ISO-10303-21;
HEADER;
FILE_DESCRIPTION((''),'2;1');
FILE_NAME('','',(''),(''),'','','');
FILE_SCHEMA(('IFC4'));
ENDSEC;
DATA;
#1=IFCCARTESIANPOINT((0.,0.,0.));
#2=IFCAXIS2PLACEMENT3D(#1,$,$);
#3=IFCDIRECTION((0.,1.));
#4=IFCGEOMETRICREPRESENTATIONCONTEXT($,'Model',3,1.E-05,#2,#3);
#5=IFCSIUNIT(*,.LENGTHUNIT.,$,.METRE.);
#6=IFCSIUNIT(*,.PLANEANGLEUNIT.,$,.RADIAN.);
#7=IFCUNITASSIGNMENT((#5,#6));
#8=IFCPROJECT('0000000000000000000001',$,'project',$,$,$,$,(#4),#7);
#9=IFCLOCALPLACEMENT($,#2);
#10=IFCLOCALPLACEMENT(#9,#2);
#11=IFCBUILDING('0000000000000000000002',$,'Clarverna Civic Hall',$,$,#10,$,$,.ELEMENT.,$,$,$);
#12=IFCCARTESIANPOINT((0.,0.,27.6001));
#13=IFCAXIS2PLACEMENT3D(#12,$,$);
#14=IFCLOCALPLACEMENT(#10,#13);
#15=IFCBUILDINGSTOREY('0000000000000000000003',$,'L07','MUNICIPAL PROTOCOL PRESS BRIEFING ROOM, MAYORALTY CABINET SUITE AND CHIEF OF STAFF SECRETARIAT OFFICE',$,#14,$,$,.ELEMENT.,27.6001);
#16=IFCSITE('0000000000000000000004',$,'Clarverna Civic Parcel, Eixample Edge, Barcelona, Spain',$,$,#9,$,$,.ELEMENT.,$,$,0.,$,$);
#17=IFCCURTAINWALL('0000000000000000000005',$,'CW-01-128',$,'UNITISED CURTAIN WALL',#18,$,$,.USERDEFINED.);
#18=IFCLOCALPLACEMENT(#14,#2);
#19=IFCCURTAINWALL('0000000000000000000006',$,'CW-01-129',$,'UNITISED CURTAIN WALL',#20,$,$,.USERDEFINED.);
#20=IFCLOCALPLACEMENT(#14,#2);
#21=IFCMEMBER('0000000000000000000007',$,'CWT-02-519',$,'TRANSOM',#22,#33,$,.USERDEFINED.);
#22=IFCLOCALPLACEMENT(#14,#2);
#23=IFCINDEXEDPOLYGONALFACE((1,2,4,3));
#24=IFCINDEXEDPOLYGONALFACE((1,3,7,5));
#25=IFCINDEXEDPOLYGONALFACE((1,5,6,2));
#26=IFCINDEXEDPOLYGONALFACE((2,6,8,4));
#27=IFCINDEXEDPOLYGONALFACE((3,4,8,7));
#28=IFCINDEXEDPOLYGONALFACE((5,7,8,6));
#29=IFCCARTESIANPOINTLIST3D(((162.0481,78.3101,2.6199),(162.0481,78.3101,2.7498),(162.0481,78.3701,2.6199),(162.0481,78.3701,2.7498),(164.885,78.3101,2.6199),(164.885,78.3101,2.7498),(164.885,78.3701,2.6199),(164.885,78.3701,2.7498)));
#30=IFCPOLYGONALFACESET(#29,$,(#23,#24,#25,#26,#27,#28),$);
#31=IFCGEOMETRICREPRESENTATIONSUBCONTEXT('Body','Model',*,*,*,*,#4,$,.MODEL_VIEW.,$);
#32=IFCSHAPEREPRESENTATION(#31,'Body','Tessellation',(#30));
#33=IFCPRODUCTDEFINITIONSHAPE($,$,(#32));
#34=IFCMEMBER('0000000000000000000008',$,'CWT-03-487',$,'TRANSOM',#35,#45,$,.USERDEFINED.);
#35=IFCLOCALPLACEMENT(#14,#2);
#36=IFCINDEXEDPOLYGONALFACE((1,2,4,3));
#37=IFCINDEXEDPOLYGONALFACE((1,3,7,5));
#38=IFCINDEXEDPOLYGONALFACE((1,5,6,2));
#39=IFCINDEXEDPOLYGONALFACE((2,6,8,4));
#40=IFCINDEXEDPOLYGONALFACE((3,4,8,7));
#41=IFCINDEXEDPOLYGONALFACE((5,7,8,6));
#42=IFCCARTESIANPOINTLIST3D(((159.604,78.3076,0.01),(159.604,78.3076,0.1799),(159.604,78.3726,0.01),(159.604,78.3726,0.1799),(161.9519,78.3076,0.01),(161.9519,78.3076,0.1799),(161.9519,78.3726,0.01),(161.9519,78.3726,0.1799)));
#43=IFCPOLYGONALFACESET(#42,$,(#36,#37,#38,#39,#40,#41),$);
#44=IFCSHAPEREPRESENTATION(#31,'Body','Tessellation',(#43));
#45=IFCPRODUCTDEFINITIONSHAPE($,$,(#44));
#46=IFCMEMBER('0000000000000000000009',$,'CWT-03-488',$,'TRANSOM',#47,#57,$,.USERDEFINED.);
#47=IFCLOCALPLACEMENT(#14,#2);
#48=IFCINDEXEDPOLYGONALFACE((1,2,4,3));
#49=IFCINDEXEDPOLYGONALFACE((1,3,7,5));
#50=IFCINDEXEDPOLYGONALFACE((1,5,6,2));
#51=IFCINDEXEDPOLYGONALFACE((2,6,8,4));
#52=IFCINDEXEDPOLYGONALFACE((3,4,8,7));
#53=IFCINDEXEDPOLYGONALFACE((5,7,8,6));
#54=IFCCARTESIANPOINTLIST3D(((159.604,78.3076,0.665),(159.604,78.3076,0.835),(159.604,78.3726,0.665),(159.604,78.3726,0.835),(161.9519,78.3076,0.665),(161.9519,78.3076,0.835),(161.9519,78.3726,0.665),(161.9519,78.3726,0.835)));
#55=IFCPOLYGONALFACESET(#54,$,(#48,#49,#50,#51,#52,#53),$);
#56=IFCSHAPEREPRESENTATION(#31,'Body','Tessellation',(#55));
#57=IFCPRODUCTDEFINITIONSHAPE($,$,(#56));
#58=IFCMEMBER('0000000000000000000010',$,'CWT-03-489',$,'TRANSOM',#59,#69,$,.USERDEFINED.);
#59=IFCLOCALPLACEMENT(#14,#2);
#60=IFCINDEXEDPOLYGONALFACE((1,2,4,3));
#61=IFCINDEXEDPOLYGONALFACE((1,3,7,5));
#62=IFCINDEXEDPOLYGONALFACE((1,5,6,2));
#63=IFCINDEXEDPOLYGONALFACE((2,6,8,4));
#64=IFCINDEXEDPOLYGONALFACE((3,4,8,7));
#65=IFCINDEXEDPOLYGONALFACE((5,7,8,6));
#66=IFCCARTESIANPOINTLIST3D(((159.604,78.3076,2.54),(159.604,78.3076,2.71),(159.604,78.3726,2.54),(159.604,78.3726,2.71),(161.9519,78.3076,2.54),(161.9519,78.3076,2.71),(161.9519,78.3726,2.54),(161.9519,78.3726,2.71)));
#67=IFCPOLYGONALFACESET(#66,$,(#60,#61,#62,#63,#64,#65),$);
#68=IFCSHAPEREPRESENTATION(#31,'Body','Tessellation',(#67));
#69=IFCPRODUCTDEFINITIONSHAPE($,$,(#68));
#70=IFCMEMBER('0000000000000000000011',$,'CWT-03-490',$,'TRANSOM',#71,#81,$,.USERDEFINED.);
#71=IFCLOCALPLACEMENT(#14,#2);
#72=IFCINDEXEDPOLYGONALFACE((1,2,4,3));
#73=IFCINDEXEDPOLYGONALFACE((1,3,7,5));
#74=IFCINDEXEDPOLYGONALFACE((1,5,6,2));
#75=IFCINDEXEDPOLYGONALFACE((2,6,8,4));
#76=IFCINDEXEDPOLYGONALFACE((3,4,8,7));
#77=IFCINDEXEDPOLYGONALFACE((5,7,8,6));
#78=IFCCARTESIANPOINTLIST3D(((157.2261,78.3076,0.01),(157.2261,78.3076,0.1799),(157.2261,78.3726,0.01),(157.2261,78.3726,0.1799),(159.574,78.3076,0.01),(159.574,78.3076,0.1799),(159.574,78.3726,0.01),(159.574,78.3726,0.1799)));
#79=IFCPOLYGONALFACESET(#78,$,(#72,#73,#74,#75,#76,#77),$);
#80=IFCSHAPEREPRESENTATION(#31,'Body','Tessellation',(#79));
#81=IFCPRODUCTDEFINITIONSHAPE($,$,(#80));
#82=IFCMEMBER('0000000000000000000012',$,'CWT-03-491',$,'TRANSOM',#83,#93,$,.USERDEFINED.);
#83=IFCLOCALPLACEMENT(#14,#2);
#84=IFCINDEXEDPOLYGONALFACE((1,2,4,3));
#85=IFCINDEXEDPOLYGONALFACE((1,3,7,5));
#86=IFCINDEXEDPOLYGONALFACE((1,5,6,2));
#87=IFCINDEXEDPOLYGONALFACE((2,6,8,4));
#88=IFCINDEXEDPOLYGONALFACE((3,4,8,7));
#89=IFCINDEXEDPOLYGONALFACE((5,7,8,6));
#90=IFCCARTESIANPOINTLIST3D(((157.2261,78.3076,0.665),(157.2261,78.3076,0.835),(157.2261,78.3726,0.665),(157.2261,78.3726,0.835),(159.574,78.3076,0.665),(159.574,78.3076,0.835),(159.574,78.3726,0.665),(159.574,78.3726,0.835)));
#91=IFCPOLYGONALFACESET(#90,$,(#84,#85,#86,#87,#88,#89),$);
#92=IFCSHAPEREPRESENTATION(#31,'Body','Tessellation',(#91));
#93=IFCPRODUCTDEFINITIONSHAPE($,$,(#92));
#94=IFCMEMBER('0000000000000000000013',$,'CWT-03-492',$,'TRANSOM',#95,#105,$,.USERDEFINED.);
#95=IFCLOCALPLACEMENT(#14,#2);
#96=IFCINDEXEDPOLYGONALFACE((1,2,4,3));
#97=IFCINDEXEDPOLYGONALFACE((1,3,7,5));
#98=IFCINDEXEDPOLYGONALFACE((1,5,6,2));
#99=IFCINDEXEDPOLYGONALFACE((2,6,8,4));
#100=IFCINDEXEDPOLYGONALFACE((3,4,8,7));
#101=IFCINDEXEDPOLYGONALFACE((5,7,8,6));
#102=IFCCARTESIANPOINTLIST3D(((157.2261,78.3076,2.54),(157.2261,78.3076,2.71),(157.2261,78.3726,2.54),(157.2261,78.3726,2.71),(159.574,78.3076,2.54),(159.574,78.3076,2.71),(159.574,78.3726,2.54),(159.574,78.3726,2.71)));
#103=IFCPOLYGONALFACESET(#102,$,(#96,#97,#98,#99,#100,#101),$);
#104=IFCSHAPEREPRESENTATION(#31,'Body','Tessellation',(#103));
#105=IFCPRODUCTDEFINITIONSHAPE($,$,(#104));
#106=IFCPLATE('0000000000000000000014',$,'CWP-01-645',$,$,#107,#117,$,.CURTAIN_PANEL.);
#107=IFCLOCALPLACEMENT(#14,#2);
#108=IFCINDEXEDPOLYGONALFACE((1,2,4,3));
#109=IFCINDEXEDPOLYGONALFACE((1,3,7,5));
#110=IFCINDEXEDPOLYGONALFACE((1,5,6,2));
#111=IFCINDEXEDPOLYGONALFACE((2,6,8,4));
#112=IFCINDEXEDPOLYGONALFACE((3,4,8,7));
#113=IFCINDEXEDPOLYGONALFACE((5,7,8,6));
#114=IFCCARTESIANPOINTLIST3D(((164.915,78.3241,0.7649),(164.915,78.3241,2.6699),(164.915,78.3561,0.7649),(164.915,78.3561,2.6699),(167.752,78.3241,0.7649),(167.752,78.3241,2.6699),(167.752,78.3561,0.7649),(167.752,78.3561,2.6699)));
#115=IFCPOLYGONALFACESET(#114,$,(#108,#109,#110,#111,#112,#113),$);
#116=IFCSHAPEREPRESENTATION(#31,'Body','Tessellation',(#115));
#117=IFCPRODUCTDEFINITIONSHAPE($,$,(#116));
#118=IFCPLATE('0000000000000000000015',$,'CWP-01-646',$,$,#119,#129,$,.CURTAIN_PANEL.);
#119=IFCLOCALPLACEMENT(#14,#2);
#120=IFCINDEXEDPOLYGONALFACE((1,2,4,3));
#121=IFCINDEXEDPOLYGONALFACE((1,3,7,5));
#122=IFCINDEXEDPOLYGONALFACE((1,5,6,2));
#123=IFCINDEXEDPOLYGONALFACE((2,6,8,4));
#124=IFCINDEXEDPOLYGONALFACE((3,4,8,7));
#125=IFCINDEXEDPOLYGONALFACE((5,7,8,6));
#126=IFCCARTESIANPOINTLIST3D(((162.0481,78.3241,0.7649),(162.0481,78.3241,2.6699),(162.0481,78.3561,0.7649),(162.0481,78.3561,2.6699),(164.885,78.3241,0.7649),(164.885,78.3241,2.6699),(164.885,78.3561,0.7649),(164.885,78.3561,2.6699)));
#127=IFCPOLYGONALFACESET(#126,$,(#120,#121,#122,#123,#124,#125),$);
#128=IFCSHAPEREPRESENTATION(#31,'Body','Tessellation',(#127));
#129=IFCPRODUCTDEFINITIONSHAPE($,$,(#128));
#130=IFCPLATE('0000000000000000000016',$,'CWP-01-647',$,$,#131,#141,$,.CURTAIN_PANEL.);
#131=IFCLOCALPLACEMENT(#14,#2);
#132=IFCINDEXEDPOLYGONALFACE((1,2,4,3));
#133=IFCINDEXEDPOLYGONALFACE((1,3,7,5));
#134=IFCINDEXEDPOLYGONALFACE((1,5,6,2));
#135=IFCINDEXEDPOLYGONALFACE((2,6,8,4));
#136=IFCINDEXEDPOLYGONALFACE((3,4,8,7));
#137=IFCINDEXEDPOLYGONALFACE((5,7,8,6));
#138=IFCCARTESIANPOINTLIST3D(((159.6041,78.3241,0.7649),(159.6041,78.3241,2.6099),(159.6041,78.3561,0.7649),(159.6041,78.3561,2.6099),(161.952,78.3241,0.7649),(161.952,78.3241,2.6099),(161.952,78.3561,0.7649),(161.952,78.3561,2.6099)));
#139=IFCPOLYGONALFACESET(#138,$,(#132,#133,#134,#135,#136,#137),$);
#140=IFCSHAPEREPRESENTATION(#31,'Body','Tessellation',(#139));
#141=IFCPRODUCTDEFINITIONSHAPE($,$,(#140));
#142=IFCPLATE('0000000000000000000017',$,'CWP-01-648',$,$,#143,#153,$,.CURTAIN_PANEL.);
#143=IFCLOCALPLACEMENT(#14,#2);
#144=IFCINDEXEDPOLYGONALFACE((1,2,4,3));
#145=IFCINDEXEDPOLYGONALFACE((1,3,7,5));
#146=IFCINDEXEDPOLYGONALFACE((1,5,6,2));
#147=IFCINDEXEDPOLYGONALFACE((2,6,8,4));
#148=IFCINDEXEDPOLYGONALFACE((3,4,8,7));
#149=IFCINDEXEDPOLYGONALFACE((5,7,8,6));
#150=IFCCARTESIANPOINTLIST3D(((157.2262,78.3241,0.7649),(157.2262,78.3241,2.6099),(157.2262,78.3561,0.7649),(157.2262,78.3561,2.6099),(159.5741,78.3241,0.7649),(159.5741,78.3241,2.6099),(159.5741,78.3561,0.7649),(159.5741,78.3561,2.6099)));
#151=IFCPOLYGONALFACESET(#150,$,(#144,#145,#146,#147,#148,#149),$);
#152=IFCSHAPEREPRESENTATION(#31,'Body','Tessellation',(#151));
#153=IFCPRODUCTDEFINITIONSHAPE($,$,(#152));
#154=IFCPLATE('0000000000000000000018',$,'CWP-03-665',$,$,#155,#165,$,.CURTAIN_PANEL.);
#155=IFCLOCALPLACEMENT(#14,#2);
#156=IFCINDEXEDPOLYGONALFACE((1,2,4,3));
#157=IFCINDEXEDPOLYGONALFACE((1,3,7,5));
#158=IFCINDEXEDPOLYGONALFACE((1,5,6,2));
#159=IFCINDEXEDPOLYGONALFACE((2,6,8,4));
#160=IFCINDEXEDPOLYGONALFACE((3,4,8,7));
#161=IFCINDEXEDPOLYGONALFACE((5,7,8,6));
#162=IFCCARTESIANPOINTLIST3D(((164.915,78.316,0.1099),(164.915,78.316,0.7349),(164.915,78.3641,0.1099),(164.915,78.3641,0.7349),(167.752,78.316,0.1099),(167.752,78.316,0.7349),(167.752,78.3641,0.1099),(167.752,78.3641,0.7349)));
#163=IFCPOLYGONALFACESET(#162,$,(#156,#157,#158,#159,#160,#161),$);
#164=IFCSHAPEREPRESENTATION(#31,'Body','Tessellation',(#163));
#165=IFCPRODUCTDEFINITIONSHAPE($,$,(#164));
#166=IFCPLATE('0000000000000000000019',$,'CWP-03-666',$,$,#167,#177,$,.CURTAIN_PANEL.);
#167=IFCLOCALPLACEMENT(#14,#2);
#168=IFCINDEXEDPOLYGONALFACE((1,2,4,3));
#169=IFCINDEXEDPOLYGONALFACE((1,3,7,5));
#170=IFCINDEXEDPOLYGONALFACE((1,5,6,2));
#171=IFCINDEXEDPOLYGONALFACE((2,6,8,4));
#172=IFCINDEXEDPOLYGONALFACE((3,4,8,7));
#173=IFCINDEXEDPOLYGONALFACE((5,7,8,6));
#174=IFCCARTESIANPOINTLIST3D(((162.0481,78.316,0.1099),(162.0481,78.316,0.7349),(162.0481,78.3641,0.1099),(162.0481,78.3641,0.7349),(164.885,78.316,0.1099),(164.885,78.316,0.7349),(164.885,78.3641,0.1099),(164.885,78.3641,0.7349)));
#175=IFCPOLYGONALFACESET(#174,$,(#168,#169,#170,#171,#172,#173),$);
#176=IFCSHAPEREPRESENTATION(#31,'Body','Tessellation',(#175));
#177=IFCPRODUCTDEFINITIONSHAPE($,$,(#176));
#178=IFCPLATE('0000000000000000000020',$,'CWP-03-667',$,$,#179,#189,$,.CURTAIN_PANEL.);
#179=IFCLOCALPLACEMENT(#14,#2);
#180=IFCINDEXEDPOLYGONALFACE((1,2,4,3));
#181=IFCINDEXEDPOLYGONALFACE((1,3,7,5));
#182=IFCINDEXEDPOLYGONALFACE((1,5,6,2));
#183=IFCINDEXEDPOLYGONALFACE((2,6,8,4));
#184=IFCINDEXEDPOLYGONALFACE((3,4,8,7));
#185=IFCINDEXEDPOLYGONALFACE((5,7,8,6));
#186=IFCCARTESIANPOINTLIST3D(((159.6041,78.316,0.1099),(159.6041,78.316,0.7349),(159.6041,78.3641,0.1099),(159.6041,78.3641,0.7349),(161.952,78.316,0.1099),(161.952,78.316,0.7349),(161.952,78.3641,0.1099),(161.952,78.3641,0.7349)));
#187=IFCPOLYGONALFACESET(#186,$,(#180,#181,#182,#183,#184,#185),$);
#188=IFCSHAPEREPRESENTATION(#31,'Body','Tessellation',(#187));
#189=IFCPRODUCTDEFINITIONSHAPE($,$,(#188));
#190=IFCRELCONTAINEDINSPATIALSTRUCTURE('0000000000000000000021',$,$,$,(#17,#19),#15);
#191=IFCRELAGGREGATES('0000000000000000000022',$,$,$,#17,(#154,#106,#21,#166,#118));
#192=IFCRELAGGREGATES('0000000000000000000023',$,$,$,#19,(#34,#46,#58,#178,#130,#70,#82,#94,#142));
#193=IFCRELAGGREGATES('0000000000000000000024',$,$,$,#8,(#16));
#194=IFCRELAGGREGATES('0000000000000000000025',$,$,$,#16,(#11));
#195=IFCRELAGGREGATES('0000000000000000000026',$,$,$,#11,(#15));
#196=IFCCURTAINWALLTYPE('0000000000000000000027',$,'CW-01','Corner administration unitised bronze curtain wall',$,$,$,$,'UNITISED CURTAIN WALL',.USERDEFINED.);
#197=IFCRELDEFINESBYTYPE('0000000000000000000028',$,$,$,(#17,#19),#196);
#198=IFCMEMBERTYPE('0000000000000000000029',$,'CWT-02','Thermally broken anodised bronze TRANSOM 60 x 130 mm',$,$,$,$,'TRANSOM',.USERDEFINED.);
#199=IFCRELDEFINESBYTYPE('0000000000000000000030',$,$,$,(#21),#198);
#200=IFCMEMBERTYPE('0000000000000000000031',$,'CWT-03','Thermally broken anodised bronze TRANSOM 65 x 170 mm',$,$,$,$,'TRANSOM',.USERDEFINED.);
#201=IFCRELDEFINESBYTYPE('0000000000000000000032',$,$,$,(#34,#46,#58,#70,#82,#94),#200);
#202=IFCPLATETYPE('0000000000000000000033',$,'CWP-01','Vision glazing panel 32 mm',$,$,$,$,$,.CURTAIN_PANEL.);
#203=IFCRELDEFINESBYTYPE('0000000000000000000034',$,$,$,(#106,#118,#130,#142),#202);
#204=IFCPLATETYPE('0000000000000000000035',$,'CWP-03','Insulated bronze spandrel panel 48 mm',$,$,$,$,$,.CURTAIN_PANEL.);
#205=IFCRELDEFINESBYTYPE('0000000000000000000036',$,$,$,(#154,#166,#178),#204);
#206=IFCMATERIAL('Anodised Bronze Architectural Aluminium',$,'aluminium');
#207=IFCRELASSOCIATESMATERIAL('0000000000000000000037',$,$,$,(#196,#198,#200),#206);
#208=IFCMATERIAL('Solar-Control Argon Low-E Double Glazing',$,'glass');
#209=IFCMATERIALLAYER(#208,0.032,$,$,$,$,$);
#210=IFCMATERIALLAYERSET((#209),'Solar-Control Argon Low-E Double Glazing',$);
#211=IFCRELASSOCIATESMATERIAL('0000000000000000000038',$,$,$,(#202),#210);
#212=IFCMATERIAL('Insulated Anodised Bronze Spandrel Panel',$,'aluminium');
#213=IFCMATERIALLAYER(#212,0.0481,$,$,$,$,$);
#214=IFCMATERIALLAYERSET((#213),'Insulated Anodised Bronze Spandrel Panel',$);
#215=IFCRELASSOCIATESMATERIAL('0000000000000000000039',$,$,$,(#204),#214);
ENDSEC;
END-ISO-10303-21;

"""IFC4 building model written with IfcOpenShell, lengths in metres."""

from ifc_helpers import new_model, si_unit, direction, frame, frame_2d, origin, origin_2d, place, context, subcontext, project, spatial, rectangle, extrude, material, layer, layer_set, material_profile, profile_set, type_object, element, aggregate, save


model = new_model("IFC4")

# Units and contexts
model_context = context("Model", 3, precision=1e-05, world=origin(), true_north=direction((0.0, 1.0)))
body_context = subcontext(model_context, "Body", "Model", "MODEL_VIEW")
ifc_project = project(units=[si_unit("LENGTHUNIT", "METRE"), si_unit("PLANEANGLEUNIT", "RADIAN")], contexts=[model_context])

# Site, building, storey
site_placement = place(None, origin())
site = spatial("IfcSite", under=ifc_project, at=site_placement, Name="Clarverna Civic Parcel, Eixample Edge, Barcelona, Spain", CompositionType="ELEMENT", RefElevation=0.0)
building_placement = place(site_placement, origin())
building = spatial("IfcBuilding", under=site, at=building_placement, Name="Clarverna Civic Hall", CompositionType="ELEMENT")
storey_placement = place(building_placement, frame((0.0, 0.0, 27.6001)))
storey = spatial("IfcBuildingStorey", under=building, at=storey_placement, Name="L07", Description="MUNICIPAL PROTOCOL PRESS BRIEFING ROOM, MAYORALTY CABINET SUITE AND CHIEF OF STAFF SECRETARIAT OFFICE", CompositionType="ELEMENT", Elevation=27.6001)

# Curtain walls
ifc_material_1 = material(Name="Anodised Bronze Architectural Aluminium", Category="aluminium")
curtain_wall_type = type_object("IfcCurtainWallType", Name="CW-01", Description="Corner administration unitised bronze curtain wall", ElementType="UNITISED CURTAIN WALL", PredefinedType="USERDEFINED", material=ifc_material_1)
curtain_wall_1_placement = place(storey_placement, origin())
curtain_wall_1 = element("IfcCurtainWall", 1, at=curtain_wall_1_placement, inside=storey, type_object=curtain_wall_type, Name="CW-01-128", ObjectType="UNITISED CURTAIN WALL", PredefinedType="USERDEFINED")
curtain_wall_2_placement = place(storey_placement, origin())
curtain_wall_2 = element("IfcCurtainWall", 2, at=curtain_wall_2_placement, inside=storey, type_object=curtain_wall_type, Name="CW-01-129", ObjectType="UNITISED CURTAIN WALL", PredefinedType="USERDEFINED")

# Members
ifc_material_profile_1 = material_profile(ifc_material_1, rectangle(XDim=0.0601, YDim=0.1299, at=origin_2d()), Name="BRONZE 60x130")
ifc_profile_set_1 = profile_set([ifc_material_profile_1], Name="Anodised Bronze Architectural Aluminium")
member_type_1 = type_object("IfcMemberType", Name="CWT-02", Description="Thermally broken anodised bronze TRANSOM 60 x 130 mm", ElementType="TRANSOM", PredefinedType="USERDEFINED", material=ifc_profile_set_1)
member_1_placement = place(storey_placement, frame((164.885, 78.3401, 2.6848), z_axis=(-1.0, 0.0, 0.0), x_axis=(0.0, -1.0, 0.0)))
member_1 = element("IfcMember", 3, at=member_1_placement, type_object=member_type_1, Name="CWT-02-519", ObjectType="TRANSOM", PredefinedType="USERDEFINED", context=body_context, shape_type="SweptSolid", body=[
    extrude(rectangle(XDim=0.0601, YDim=0.1299, at=origin_2d()), origin(), (0.0, 0.0, 1.0), 2.8369),
])
ifc_material_profile_2 = material_profile(ifc_material_1, rectangle(XDim=0.0649, YDim=0.1699, at=origin_2d()), Name="BRONZE 65x170")
ifc_profile_set_2 = profile_set([ifc_material_profile_2], Name="Anodised Bronze Architectural Aluminium")
member_type_2 = type_object("IfcMemberType", Name="CWT-03", Description="Thermally broken anodised bronze TRANSOM 65 x 170 mm", ElementType="TRANSOM", PredefinedType="USERDEFINED", material=ifc_profile_set_2)
member_2_placement = place(storey_placement, frame((161.9519, 78.3401, 0.095), z_axis=(-1.0, 0.0, 0.0), x_axis=(0.0, -1.0, 0.0)))
member_2 = element("IfcMember", 4, at=member_2_placement, type_object=member_type_2, Name="CWT-03-487", ObjectType="TRANSOM", PredefinedType="USERDEFINED", context=body_context, shape_type="SweptSolid", body=[
    extrude(rectangle(XDim=0.0649, YDim=0.1699, at=origin_2d()), origin(), (0.0, 0.0, 1.0), 2.3479),
])
member_3_placement = place(storey_placement, frame((161.9519, 78.3401, 0.75), z_axis=(-1.0, 0.0, 0.0), x_axis=(0.0, -1.0, 0.0)))
member_3 = element("IfcMember", 5, at=member_3_placement, type_object=member_type_2, Name="CWT-03-488", ObjectType="TRANSOM", PredefinedType="USERDEFINED", context=body_context, shape_type="SweptSolid", body=[
    extrude(rectangle(XDim=0.0649, YDim=0.1699, at=origin_2d()), origin(), (0.0, 0.0, 1.0), 2.3479),
])
member_4_placement = place(storey_placement, frame((161.9519, 78.3401, 2.625), z_axis=(-1.0, 0.0, 0.0), x_axis=(0.0, -1.0, 0.0)))
member_4 = element("IfcMember", 6, at=member_4_placement, type_object=member_type_2, Name="CWT-03-489", ObjectType="TRANSOM", PredefinedType="USERDEFINED", context=body_context, shape_type="SweptSolid", body=[
    extrude(rectangle(XDim=0.0649, YDim=0.1699, at=origin_2d()), origin(), (0.0, 0.0, 1.0), 2.3479),
])
member_5_placement = place(storey_placement, frame((159.574, 78.3401, 0.095), z_axis=(-1.0, 0.0, 0.0), x_axis=(0.0, -1.0, 0.0)))
member_5 = element("IfcMember", 7, at=member_5_placement, type_object=member_type_2, Name="CWT-03-490", ObjectType="TRANSOM", PredefinedType="USERDEFINED", context=body_context, shape_type="SweptSolid", body=[
    extrude(rectangle(XDim=0.0649, YDim=0.1699, at=origin_2d()), origin(), (0.0, 0.0, 1.0), 2.3479),
])
member_6_placement = place(storey_placement, frame((159.574, 78.3401, 0.75), z_axis=(-1.0, 0.0, 0.0), x_axis=(0.0, -1.0, 0.0)))
member_6 = element("IfcMember", 8, at=member_6_placement, type_object=member_type_2, Name="CWT-03-491", ObjectType="TRANSOM", PredefinedType="USERDEFINED", context=body_context, shape_type="SweptSolid", body=[
    extrude(rectangle(XDim=0.0649, YDim=0.1699, at=origin_2d()), origin(), (0.0, 0.0, 1.0), 2.3479),
])
member_7_placement = place(storey_placement, frame((159.574, 78.3401, 2.625), z_axis=(-1.0, 0.0, 0.0), x_axis=(0.0, -1.0, 0.0)))
member_7 = element("IfcMember", 9, at=member_7_placement, type_object=member_type_2, Name="CWT-03-492", ObjectType="TRANSOM", PredefinedType="USERDEFINED", context=body_context, shape_type="SweptSolid", body=[
    extrude(rectangle(XDim=0.0649, YDim=0.1699, at=origin_2d()), origin(), (0.0, 0.0, 1.0), 2.3479),
])

# Plates
ifc_material_2 = material(Name="Solar-Control Argon Low-E Double Glazing", Category="glass")
ifc_layer_1 = layer(ifc_material_2, 0.032)
ifc_layer_set_1 = layer_set([ifc_layer_1], Name="Solar-Control Argon Low-E Double Glazing")
plate_type_1 = type_object("IfcPlateType", Name="CWP-01", Description="Vision glazing panel 32 mm", PredefinedType="CURTAIN_PANEL", material=ifc_layer_set_1)
plate_1_placement = place(storey_placement, frame((167.752, 78.3401, 0.7649), z_axis=(0.0, 0.0, 1.0), x_axis=(-1.0, 0.0, 0.0)))
plate_1 = element("IfcPlate", 10, at=plate_1_placement, type_object=plate_type_1, Name="CWP-01-645", PredefinedType="CURTAIN_PANEL", context=body_context, shape_type="SweptSolid", body=[
    extrude(rectangle(XDim=2.8369, YDim=0.032, at=frame_2d((1.4185, 0.0))), origin(), (0.0, 0.0, 1.0), 1.905),
])
plate_2_placement = place(storey_placement, frame((164.885, 78.3401, 0.7649), z_axis=(0.0, 0.0, 1.0), x_axis=(-1.0, 0.0, 0.0)))
plate_2 = element("IfcPlate", 11, at=plate_2_placement, type_object=plate_type_1, Name="CWP-01-646", PredefinedType="CURTAIN_PANEL", context=body_context, shape_type="SweptSolid", body=[
    extrude(rectangle(XDim=2.8369, YDim=0.032, at=frame_2d((1.4185, 0.0))), origin(), (0.0, 0.0, 1.0), 1.905),
])
plate_3_placement = place(storey_placement, frame((161.9519, 78.3401, 0.7649), z_axis=(0.0, 0.0, 1.0), x_axis=(-1.0, 0.0, 0.0)))
plate_3 = element("IfcPlate", 12, at=plate_3_placement, type_object=plate_type_1, Name="CWP-01-647", PredefinedType="CURTAIN_PANEL", context=body_context, shape_type="SweptSolid", body=[
    extrude(rectangle(XDim=2.3479, YDim=0.032, at=frame_2d((1.1738, 0.0))), origin(), (0.0, 0.0, 1.0), 1.845),
])
plate_4_placement = place(storey_placement, frame((159.574, 78.3401, 0.7649), z_axis=(0.0, 0.0, 1.0), x_axis=(-1.0, 0.0, 0.0)))
plate_4 = element("IfcPlate", 13, at=plate_4_placement, type_object=plate_type_1, Name="CWP-01-648", PredefinedType="CURTAIN_PANEL", context=body_context, shape_type="SweptSolid", body=[
    extrude(rectangle(XDim=2.3479, YDim=0.032, at=frame_2d((1.1738, 0.0))), origin(), (0.0, 0.0, 1.0), 1.845),
])
ifc_material_3 = material(Name="Insulated Anodised Bronze Spandrel Panel", Category="aluminium")
ifc_layer_2 = layer(ifc_material_3, 0.0481)
ifc_layer_set_2 = layer_set([ifc_layer_2], Name="Insulated Anodised Bronze Spandrel Panel")
plate_type_2 = type_object("IfcPlateType", Name="CWP-03", Description="Insulated bronze spandrel panel 48 mm", PredefinedType="CURTAIN_PANEL", material=ifc_layer_set_2)
plate_5_placement = place(storey_placement, frame((167.752, 78.3401, 0.1099), z_axis=(0.0, 0.0, 1.0), x_axis=(-1.0, 0.0, 0.0)))
plate_5 = element("IfcPlate", 14, at=plate_5_placement, type_object=plate_type_2, Name="CWP-03-665", PredefinedType="CURTAIN_PANEL", context=body_context, shape_type="SweptSolid", body=[
    extrude(rectangle(XDim=2.8369, YDim=0.0481, at=frame_2d((1.4185, 0.0))), origin(), (0.0, 0.0, 1.0), 0.625),
])
plate_6_placement = place(storey_placement, frame((164.885, 78.3401, 0.1099), z_axis=(0.0, 0.0, 1.0), x_axis=(-1.0, 0.0, 0.0)))
plate_6 = element("IfcPlate", 15, at=plate_6_placement, type_object=plate_type_2, Name="CWP-03-666", PredefinedType="CURTAIN_PANEL", context=body_context, shape_type="SweptSolid", body=[
    extrude(rectangle(XDim=2.8369, YDim=0.0481, at=frame_2d((1.4185, 0.0))), origin(), (0.0, 0.0, 1.0), 0.625),
])
aggregate(curtain_wall_1, [plate_5, plate_1, member_1, plate_6, plate_2])
plate_7_placement = place(storey_placement, frame((161.9519, 78.3401, 0.1099), z_axis=(0.0, 0.0, 1.0), x_axis=(-1.0, 0.0, 0.0)))
plate_7 = element("IfcPlate", 16, at=plate_7_placement, type_object=plate_type_2, Name="CWP-03-667", PredefinedType="CURTAIN_PANEL", context=body_context, shape_type="SweptSolid", body=[
    extrude(rectangle(XDim=2.3479, YDim=0.0481, at=frame_2d((1.1738, 0.0))), origin(), (0.0, 0.0, 1.0), 0.625),
])
aggregate(curtain_wall_2, [member_2, member_3, member_4, plate_7, plate_3, member_5, member_6, member_7, plate_4])

save(model, "model.ifc")
